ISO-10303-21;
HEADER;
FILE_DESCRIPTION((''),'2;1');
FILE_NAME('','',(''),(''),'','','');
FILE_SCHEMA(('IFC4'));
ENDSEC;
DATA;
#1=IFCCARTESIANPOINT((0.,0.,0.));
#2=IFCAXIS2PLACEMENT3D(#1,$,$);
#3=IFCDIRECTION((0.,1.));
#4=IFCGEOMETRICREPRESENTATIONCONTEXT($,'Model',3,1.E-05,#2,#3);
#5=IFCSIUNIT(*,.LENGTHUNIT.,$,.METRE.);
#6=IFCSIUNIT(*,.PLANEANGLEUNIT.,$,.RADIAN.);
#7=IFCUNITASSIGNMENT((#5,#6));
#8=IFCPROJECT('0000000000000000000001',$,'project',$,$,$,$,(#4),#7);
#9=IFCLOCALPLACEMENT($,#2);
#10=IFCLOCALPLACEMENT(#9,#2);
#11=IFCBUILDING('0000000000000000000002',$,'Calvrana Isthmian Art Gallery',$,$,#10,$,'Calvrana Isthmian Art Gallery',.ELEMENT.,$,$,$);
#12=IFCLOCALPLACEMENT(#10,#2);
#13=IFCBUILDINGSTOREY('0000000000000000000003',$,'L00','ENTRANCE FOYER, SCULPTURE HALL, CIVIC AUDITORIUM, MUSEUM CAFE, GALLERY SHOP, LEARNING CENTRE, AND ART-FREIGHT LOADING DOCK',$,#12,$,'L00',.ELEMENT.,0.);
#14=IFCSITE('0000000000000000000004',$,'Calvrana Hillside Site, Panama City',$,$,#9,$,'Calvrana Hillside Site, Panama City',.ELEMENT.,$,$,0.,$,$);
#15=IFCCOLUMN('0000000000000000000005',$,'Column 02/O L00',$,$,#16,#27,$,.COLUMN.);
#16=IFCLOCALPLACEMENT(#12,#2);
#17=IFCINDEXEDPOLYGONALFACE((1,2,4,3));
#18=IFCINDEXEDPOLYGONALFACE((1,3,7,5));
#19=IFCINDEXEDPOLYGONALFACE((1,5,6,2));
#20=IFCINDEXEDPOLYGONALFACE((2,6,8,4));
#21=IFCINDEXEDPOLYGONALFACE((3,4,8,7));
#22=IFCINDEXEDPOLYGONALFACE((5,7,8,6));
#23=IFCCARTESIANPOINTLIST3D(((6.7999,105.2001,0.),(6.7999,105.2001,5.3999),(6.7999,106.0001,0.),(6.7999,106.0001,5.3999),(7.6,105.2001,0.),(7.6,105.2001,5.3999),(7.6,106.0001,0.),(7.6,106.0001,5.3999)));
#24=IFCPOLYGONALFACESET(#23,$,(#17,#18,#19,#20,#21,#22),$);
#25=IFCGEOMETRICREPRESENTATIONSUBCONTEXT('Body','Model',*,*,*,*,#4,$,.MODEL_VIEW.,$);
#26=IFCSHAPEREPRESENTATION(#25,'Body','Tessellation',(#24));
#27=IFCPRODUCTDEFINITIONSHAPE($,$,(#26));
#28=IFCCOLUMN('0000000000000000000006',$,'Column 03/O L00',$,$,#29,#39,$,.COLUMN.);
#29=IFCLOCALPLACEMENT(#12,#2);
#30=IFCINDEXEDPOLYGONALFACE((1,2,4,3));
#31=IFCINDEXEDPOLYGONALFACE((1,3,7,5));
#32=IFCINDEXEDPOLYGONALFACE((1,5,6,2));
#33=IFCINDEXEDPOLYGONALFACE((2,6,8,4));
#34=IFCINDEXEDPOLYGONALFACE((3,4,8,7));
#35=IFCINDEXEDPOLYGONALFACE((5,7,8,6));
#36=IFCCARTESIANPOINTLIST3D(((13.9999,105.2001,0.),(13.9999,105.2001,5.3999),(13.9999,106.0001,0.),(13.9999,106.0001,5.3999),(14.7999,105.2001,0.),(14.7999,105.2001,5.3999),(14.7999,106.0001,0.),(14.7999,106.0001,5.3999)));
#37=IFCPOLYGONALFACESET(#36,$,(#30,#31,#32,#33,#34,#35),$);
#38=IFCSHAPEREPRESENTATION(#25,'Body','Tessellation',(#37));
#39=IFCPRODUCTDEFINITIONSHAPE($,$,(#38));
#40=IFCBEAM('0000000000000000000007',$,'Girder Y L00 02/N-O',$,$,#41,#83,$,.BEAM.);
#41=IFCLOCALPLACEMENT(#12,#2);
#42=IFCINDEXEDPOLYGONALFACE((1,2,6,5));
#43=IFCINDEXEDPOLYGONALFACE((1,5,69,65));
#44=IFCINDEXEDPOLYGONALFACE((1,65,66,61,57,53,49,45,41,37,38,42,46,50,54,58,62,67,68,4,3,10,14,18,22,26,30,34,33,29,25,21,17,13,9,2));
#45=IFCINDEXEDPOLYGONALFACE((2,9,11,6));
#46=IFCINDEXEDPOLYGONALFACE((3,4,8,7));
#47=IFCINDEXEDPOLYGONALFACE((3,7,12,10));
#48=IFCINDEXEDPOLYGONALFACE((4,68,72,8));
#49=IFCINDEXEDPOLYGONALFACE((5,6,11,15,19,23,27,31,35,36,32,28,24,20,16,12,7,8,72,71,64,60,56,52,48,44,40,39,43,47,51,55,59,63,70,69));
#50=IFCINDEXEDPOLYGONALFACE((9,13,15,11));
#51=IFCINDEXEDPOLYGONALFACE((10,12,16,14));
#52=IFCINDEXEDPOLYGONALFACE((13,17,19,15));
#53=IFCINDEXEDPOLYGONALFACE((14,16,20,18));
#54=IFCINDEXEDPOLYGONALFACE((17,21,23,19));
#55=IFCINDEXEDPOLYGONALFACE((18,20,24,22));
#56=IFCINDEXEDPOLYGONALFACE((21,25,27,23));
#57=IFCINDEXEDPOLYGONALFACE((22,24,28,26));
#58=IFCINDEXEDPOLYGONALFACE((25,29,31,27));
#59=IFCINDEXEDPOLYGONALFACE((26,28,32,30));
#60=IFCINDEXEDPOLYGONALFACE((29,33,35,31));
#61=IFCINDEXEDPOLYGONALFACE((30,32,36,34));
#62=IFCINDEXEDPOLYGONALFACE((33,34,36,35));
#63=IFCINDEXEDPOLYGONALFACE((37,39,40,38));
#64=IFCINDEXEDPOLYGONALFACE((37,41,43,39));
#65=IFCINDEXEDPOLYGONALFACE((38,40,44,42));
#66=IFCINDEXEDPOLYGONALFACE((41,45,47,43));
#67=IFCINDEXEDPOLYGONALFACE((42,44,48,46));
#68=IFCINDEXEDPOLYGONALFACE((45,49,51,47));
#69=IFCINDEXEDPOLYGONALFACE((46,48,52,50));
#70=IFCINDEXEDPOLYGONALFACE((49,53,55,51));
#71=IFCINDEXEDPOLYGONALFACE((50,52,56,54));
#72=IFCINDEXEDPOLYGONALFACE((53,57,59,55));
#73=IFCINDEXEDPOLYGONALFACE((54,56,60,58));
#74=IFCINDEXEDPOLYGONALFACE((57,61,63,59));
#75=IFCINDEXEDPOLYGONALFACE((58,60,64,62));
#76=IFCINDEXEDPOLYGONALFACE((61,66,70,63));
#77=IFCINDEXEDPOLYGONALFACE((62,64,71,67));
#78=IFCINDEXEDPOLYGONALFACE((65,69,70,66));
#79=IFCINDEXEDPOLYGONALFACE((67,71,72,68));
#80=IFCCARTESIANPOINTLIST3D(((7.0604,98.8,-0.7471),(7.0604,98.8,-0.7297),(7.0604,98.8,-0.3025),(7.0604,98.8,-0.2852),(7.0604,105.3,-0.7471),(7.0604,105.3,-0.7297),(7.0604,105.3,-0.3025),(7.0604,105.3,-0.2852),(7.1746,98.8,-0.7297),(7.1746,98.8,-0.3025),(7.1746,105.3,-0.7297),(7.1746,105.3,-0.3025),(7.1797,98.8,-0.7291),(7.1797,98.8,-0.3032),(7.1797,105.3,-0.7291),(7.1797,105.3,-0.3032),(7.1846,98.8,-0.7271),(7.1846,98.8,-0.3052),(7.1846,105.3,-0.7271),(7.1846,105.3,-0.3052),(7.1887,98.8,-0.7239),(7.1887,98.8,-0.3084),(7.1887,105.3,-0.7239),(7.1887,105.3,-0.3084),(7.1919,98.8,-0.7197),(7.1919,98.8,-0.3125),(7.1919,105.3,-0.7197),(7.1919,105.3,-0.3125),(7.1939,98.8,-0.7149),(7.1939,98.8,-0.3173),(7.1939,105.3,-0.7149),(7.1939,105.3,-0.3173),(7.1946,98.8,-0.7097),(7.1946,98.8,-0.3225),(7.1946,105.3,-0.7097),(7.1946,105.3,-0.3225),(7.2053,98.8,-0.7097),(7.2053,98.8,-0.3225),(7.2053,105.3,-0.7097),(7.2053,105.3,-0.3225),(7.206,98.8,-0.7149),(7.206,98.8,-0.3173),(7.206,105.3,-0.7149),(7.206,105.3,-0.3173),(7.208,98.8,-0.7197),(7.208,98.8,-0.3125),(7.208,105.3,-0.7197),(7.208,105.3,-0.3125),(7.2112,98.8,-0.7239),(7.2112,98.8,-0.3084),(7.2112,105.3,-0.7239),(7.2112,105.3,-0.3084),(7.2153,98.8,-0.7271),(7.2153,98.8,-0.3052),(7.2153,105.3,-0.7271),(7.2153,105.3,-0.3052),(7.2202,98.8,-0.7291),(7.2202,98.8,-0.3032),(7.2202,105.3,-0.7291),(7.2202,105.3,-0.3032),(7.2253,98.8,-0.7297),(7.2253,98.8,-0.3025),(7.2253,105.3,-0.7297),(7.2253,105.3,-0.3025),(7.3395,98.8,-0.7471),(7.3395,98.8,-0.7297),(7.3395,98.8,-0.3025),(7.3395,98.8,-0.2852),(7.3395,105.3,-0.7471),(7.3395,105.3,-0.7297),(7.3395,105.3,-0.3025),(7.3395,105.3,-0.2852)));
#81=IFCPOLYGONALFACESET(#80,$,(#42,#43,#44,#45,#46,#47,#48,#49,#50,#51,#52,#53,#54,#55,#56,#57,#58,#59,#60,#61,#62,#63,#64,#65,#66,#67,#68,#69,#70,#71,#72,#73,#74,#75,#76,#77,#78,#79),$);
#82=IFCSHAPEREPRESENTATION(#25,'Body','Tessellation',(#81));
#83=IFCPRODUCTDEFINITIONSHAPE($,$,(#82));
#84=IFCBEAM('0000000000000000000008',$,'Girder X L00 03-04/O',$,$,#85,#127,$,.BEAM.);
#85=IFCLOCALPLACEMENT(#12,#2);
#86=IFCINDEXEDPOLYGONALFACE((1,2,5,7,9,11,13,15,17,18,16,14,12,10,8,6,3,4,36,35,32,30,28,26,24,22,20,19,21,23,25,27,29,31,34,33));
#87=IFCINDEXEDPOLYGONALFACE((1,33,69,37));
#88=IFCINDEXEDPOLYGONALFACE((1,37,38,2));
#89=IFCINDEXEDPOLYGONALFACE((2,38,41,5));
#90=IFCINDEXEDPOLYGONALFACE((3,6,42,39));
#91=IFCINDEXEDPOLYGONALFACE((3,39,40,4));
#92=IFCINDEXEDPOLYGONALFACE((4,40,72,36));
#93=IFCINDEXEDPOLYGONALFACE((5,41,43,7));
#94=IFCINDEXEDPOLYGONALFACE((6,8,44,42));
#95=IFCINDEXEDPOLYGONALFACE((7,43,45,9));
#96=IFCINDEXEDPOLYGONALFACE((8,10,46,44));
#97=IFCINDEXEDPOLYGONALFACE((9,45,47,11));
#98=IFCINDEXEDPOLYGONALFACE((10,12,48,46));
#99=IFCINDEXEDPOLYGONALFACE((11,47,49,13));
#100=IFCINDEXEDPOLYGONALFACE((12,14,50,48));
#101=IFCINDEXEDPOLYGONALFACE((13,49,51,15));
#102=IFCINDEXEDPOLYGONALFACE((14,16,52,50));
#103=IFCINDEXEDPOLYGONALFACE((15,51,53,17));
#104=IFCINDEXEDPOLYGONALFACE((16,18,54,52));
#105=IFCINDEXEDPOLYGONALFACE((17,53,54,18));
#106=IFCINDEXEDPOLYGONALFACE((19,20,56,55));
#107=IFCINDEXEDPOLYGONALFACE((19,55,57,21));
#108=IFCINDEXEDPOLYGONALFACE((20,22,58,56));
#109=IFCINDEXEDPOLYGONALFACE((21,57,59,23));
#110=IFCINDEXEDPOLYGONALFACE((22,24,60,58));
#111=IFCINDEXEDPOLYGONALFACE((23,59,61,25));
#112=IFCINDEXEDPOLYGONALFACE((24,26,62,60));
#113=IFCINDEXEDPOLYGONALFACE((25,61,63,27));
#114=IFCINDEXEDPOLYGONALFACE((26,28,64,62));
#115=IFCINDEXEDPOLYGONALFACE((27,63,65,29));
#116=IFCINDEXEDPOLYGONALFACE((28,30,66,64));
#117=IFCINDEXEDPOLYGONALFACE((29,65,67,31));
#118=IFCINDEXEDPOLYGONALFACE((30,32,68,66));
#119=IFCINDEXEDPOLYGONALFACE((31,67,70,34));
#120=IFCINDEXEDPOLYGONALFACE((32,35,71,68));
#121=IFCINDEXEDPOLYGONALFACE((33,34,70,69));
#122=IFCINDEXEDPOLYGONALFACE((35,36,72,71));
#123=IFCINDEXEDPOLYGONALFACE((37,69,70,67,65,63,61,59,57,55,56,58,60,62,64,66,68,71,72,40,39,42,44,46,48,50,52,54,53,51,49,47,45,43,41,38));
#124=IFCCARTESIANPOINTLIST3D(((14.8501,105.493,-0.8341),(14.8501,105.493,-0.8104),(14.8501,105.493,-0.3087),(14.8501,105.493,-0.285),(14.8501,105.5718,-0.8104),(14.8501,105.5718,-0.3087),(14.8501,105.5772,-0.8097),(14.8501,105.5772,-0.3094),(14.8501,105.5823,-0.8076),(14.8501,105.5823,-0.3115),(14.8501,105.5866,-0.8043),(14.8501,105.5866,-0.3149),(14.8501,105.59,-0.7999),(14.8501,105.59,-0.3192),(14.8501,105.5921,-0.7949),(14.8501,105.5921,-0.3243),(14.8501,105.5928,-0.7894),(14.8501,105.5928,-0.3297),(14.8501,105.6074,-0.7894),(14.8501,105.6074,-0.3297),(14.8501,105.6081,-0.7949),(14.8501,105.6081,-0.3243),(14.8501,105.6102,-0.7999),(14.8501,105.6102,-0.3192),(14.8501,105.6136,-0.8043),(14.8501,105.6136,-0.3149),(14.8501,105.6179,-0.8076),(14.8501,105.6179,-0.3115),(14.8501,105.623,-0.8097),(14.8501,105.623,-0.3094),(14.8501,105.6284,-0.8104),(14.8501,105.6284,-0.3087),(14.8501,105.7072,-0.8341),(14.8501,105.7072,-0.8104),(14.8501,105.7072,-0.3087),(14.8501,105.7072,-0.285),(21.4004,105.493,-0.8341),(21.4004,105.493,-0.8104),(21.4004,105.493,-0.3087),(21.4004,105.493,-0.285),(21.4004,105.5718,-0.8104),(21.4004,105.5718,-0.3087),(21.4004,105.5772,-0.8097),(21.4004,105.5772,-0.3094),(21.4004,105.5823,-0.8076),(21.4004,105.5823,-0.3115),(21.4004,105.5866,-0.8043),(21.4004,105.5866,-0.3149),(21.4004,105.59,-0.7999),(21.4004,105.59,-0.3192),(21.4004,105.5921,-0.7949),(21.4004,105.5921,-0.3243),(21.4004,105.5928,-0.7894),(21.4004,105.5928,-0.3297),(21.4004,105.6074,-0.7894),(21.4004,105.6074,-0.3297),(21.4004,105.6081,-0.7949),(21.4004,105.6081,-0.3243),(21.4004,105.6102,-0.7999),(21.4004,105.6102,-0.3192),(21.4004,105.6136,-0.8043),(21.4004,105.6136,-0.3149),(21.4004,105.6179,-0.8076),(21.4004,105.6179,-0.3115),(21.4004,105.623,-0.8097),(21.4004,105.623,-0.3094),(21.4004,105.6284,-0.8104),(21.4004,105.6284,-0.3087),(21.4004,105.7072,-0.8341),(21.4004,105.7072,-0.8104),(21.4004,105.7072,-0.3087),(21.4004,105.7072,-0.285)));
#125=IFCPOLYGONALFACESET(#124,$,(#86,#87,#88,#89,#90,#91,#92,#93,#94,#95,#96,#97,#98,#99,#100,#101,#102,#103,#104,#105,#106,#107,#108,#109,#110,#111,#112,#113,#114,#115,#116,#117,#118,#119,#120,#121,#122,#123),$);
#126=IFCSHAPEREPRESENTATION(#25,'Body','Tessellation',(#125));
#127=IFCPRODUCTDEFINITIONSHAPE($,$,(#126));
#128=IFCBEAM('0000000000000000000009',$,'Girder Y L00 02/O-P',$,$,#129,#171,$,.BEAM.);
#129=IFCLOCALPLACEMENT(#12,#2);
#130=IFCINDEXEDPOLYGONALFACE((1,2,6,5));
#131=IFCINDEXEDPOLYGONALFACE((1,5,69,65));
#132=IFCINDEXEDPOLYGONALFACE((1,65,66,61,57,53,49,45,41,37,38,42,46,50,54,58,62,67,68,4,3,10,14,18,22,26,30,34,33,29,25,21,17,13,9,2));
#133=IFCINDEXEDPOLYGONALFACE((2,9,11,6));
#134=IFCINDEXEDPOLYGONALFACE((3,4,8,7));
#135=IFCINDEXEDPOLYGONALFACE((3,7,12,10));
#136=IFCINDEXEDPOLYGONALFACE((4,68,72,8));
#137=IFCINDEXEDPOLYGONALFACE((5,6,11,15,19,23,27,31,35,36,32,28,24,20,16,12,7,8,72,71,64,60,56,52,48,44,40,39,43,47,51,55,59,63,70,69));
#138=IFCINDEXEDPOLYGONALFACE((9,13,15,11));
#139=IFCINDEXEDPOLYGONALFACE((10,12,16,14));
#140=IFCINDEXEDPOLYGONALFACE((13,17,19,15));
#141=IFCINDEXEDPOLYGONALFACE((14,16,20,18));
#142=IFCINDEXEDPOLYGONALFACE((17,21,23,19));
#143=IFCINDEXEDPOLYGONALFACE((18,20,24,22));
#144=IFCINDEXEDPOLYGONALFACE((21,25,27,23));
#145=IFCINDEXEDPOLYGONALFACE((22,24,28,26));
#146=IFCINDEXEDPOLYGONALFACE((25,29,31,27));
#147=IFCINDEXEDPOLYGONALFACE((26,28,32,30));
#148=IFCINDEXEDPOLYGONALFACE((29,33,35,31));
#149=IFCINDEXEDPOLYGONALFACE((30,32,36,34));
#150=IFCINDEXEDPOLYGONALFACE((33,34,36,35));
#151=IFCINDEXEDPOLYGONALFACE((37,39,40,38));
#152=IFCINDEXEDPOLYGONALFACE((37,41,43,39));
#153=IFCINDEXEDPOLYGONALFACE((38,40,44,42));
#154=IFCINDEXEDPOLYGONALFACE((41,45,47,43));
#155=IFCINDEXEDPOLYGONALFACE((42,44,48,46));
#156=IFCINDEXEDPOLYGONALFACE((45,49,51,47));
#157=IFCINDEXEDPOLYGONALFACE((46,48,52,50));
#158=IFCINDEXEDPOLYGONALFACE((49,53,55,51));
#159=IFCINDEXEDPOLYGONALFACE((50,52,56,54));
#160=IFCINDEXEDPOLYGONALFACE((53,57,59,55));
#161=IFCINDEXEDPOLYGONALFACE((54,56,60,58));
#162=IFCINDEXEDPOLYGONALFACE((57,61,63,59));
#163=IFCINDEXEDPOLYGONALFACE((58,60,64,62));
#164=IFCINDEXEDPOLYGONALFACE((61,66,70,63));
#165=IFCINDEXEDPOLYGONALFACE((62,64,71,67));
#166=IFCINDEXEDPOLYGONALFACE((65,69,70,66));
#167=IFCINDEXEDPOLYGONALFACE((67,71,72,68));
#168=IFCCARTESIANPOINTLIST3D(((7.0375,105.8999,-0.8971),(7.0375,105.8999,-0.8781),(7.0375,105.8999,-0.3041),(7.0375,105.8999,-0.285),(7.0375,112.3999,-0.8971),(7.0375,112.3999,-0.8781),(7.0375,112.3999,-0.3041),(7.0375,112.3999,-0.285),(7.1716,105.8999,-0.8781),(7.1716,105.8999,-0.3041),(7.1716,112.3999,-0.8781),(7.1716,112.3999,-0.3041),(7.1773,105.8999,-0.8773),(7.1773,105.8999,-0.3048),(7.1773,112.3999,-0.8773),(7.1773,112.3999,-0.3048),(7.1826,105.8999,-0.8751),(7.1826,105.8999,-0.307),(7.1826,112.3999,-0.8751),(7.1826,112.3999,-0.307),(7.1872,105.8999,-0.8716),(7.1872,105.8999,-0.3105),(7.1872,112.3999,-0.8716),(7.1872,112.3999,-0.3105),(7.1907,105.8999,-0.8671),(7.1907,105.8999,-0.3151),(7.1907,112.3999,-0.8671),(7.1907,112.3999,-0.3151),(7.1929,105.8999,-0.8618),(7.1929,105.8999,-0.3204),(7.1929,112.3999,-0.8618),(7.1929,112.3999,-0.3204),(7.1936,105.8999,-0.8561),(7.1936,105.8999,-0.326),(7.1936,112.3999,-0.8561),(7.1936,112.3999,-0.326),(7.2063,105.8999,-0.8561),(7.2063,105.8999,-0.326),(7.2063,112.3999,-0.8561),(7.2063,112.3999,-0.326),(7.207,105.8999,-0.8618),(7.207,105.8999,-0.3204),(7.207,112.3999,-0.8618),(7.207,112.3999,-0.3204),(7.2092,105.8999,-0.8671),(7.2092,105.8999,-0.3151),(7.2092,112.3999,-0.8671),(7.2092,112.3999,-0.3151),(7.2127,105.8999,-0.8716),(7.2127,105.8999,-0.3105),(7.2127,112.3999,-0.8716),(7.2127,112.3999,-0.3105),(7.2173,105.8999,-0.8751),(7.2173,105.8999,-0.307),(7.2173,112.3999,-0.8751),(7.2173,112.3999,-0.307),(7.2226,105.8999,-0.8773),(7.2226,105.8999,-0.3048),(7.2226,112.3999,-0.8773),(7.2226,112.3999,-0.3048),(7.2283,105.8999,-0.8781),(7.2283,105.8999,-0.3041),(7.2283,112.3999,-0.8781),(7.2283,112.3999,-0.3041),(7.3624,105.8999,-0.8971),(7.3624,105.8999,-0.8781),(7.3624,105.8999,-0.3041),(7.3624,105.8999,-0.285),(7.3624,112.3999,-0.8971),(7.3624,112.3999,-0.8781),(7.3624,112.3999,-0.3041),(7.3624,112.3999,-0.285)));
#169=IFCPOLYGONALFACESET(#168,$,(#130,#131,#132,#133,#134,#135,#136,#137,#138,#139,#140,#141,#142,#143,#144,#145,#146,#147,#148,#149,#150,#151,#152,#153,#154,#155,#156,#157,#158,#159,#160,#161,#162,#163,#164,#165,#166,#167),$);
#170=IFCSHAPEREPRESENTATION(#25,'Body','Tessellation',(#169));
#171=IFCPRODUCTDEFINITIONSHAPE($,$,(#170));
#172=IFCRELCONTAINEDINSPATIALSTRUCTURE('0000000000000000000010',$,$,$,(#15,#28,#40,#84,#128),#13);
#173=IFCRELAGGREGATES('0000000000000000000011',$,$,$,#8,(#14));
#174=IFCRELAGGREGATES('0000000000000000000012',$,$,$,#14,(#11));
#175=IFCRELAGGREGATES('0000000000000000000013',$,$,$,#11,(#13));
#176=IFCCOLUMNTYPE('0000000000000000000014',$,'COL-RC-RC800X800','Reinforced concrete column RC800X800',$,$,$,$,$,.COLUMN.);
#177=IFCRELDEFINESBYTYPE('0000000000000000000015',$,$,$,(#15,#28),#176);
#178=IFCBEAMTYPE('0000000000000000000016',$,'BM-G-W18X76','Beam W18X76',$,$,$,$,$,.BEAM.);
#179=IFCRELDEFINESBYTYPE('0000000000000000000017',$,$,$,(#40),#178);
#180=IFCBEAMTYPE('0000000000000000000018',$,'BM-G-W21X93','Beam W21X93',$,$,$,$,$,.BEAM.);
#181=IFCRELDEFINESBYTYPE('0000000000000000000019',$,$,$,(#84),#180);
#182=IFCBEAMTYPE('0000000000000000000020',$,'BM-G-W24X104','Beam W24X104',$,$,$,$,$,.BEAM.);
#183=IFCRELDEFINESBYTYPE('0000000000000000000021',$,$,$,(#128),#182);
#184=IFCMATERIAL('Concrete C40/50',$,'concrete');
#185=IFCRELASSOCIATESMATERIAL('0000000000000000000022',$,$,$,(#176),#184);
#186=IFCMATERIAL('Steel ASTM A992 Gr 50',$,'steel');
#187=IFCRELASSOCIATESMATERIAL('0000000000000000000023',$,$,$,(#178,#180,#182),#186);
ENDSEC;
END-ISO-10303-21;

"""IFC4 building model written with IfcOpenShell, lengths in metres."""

from ifc_helpers import new_model, si_unit, direction, frame, origin, origin_2d, place, context, subcontext, project, spatial, rectangle, i_section, extrude, material, material_profile, profile_set, type_object, element, save


model = new_model("IFC4")

# Units and contexts
model_context = context("Model", 3, precision=1e-05, world=origin(), true_north=direction((0.0, 1.0)))
body_context = subcontext(model_context, "Body", "Model", "MODEL_VIEW")
ifc_project = project(units=[si_unit("LENGTHUNIT", "METRE"), si_unit("PLANEANGLEUNIT", "RADIAN")], contexts=[model_context])

# Site, building, storey
site_placement = place(None, origin())
site = spatial("IfcSite", under=ifc_project, at=site_placement, Name="Calvrana Hillside Site, Panama City", LongName="Calvrana Hillside Site, Panama City", CompositionType="ELEMENT", RefElevation=0.0)
building_placement = place(site_placement, origin())
building = spatial("IfcBuilding", under=site, at=building_placement, Name="Calvrana Isthmian Art Gallery", LongName="Calvrana Isthmian Art Gallery", CompositionType="ELEMENT")
storey_placement = place(building_placement, origin())
storey = spatial("IfcBuildingStorey", under=building, at=storey_placement, Name="L00", Description="ENTRANCE FOYER, SCULPTURE HALL, CIVIC AUDITORIUM, MUSEUM CAFE, GALLERY SHOP, LEARNING CENTRE, AND ART-FREIGHT LOADING DOCK", LongName="L00", CompositionType="ELEMENT", Elevation=0.0)

# Columns
ifc_material_1 = material(Name="Concrete C40/50", Category="concrete")
ifc_material_profile_1 = material_profile(ifc_material_1, rectangle(XDim=0.8, YDim=0.8, at=origin_2d()), Name="RC800X800")
ifc_profile_set_1 = profile_set([ifc_material_profile_1], Name="Concrete C40/50")
column_type = type_object("IfcColumnType", Name="COL-RC-RC800X800", Description="Reinforced concrete column RC800X800", PredefinedType="COLUMN", material=ifc_profile_set_1)
for number, where, z_axis, x_axis, name in (
    (1, (7.2, 105.6001, 0.0), (0.0, 0.0, 1.0), (1.0, 0.0, 0.0), "Column 02/O L00"),
    (2, (14.3999, 105.6001, 0.0), (0.0, 0.0, 1.0), (1.0, 0.0, 0.0), "Column 03/O L00"),
):
    element("IfcColumn", number, at=place(storey_placement, frame(where, z_axis=z_axis, x_axis=x_axis)), inside=storey, type_object=column_type, Name=name, PredefinedType="COLUMN", context=body_context, shape_type="SweptSolid", body=[
        extrude(rectangle(XDim=0.8, YDim=0.8, at=origin_2d()), origin(), (0.0, 0.0, 1.0), 5.3999),
    ])

# Beams
ifc_material_2 = material(Name="Steel ASTM A992 Gr 50", Category="steel")
ifc_material_profile_2 = material_profile(ifc_material_2, i_section(OverallWidth=0.2791, OverallDepth=0.4619, WebThickness=0.0107, FlangeThickness=0.0173, FilletRadius=0.02, at=origin_2d()), Name="W18X76")
ifc_profile_set_2 = profile_set([ifc_material_profile_2], Name="Steel ASTM A992 Gr 50")
beam_type_1 = type_object("IfcBeamType", Name="BM-G-W18X76", Description="Beam W18X76", PredefinedType="BEAM", material=ifc_profile_set_2)
beam_1_placement = place(storey_placement, frame((7.2, 98.8, -0.5161), z_axis=(0.0, 1.0, 0.0), x_axis=(-1.0, 0.0, 0.0)))
element("IfcBeam", 3, at=beam_1_placement, inside=storey, type_object=beam_type_1, Name="Girder Y L00 02/N-O", PredefinedType="BEAM", context=body_context, shape_type="SweptSolid", body=[
    extrude(i_section(OverallWidth=0.2791, OverallDepth=0.4619, WebThickness=0.0107, FlangeThickness=0.0173, FilletRadius=0.02, at=origin_2d()), origin(), (0.0, 0.0, 1.0), 6.5),
])
ifc_material_profile_3 = material_profile(ifc_material_2, i_section(OverallWidth=0.2141, OverallDepth=0.5491, WebThickness=0.0146, FlangeThickness=0.0237, FilletRadius=0.021, at=origin_2d()), Name="W21X93")
ifc_profile_set_3 = profile_set([ifc_material_profile_3], Name="Steel ASTM A992 Gr 50")
beam_type_2 = type_object("IfcBeamType", Name="BM-G-W21X93", Description="Beam W21X93", PredefinedType="BEAM", material=ifc_profile_set_3)
beam_2_placement = place(storey_placement, frame((14.8501, 105.6001, -0.5596), z_axis=(1.0, 0.0, 0.0), x_axis=(0.0, 1.0, 0.0)))
element("IfcBeam", 4, at=beam_2_placement, inside=storey, type_object=beam_type_2, Name="Girder X L00 03-04/O", PredefinedType="BEAM", context=body_context, shape_type="SweptSolid", body=[
    extrude(i_section(OverallWidth=0.2141, OverallDepth=0.5491, WebThickness=0.0146, FlangeThickness=0.0237, FilletRadius=0.021, at=origin_2d()), origin(), (0.0, 0.0, 1.0), 6.5503),
])
ifc_material_profile_4 = material_profile(ifc_material_2, i_section(OverallWidth=0.325, OverallDepth=0.6121, WebThickness=0.0127, FlangeThickness=0.019, FilletRadius=0.022, at=origin_2d()), Name="W24X104")
ifc_profile_set_4 = profile_set([ifc_material_profile_4], Name="Steel ASTM A992 Gr 50")
beam_type_3 = type_object("IfcBeamType", Name="BM-G-W24X104", Description="Beam W24X104", PredefinedType="BEAM", material=ifc_profile_set_4)
beam_3_placement = place(storey_placement, frame((7.2, 105.8999, -0.5911), z_axis=(0.0, 1.0, 0.0), x_axis=(-1.0, 0.0, 0.0)))
element("IfcBeam", 5, at=beam_3_placement, inside=storey, type_object=beam_type_3, Name="Girder Y L00 02/O-P", PredefinedType="BEAM", context=body_context, shape_type="SweptSolid", body=[
    extrude(i_section(OverallWidth=0.325, OverallDepth=0.6121, WebThickness=0.0127, FlangeThickness=0.019, FilletRadius=0.022, at=origin_2d()), origin(), (0.0, 0.0, 1.0), 6.5),
])

save(model, "model.ifc")
